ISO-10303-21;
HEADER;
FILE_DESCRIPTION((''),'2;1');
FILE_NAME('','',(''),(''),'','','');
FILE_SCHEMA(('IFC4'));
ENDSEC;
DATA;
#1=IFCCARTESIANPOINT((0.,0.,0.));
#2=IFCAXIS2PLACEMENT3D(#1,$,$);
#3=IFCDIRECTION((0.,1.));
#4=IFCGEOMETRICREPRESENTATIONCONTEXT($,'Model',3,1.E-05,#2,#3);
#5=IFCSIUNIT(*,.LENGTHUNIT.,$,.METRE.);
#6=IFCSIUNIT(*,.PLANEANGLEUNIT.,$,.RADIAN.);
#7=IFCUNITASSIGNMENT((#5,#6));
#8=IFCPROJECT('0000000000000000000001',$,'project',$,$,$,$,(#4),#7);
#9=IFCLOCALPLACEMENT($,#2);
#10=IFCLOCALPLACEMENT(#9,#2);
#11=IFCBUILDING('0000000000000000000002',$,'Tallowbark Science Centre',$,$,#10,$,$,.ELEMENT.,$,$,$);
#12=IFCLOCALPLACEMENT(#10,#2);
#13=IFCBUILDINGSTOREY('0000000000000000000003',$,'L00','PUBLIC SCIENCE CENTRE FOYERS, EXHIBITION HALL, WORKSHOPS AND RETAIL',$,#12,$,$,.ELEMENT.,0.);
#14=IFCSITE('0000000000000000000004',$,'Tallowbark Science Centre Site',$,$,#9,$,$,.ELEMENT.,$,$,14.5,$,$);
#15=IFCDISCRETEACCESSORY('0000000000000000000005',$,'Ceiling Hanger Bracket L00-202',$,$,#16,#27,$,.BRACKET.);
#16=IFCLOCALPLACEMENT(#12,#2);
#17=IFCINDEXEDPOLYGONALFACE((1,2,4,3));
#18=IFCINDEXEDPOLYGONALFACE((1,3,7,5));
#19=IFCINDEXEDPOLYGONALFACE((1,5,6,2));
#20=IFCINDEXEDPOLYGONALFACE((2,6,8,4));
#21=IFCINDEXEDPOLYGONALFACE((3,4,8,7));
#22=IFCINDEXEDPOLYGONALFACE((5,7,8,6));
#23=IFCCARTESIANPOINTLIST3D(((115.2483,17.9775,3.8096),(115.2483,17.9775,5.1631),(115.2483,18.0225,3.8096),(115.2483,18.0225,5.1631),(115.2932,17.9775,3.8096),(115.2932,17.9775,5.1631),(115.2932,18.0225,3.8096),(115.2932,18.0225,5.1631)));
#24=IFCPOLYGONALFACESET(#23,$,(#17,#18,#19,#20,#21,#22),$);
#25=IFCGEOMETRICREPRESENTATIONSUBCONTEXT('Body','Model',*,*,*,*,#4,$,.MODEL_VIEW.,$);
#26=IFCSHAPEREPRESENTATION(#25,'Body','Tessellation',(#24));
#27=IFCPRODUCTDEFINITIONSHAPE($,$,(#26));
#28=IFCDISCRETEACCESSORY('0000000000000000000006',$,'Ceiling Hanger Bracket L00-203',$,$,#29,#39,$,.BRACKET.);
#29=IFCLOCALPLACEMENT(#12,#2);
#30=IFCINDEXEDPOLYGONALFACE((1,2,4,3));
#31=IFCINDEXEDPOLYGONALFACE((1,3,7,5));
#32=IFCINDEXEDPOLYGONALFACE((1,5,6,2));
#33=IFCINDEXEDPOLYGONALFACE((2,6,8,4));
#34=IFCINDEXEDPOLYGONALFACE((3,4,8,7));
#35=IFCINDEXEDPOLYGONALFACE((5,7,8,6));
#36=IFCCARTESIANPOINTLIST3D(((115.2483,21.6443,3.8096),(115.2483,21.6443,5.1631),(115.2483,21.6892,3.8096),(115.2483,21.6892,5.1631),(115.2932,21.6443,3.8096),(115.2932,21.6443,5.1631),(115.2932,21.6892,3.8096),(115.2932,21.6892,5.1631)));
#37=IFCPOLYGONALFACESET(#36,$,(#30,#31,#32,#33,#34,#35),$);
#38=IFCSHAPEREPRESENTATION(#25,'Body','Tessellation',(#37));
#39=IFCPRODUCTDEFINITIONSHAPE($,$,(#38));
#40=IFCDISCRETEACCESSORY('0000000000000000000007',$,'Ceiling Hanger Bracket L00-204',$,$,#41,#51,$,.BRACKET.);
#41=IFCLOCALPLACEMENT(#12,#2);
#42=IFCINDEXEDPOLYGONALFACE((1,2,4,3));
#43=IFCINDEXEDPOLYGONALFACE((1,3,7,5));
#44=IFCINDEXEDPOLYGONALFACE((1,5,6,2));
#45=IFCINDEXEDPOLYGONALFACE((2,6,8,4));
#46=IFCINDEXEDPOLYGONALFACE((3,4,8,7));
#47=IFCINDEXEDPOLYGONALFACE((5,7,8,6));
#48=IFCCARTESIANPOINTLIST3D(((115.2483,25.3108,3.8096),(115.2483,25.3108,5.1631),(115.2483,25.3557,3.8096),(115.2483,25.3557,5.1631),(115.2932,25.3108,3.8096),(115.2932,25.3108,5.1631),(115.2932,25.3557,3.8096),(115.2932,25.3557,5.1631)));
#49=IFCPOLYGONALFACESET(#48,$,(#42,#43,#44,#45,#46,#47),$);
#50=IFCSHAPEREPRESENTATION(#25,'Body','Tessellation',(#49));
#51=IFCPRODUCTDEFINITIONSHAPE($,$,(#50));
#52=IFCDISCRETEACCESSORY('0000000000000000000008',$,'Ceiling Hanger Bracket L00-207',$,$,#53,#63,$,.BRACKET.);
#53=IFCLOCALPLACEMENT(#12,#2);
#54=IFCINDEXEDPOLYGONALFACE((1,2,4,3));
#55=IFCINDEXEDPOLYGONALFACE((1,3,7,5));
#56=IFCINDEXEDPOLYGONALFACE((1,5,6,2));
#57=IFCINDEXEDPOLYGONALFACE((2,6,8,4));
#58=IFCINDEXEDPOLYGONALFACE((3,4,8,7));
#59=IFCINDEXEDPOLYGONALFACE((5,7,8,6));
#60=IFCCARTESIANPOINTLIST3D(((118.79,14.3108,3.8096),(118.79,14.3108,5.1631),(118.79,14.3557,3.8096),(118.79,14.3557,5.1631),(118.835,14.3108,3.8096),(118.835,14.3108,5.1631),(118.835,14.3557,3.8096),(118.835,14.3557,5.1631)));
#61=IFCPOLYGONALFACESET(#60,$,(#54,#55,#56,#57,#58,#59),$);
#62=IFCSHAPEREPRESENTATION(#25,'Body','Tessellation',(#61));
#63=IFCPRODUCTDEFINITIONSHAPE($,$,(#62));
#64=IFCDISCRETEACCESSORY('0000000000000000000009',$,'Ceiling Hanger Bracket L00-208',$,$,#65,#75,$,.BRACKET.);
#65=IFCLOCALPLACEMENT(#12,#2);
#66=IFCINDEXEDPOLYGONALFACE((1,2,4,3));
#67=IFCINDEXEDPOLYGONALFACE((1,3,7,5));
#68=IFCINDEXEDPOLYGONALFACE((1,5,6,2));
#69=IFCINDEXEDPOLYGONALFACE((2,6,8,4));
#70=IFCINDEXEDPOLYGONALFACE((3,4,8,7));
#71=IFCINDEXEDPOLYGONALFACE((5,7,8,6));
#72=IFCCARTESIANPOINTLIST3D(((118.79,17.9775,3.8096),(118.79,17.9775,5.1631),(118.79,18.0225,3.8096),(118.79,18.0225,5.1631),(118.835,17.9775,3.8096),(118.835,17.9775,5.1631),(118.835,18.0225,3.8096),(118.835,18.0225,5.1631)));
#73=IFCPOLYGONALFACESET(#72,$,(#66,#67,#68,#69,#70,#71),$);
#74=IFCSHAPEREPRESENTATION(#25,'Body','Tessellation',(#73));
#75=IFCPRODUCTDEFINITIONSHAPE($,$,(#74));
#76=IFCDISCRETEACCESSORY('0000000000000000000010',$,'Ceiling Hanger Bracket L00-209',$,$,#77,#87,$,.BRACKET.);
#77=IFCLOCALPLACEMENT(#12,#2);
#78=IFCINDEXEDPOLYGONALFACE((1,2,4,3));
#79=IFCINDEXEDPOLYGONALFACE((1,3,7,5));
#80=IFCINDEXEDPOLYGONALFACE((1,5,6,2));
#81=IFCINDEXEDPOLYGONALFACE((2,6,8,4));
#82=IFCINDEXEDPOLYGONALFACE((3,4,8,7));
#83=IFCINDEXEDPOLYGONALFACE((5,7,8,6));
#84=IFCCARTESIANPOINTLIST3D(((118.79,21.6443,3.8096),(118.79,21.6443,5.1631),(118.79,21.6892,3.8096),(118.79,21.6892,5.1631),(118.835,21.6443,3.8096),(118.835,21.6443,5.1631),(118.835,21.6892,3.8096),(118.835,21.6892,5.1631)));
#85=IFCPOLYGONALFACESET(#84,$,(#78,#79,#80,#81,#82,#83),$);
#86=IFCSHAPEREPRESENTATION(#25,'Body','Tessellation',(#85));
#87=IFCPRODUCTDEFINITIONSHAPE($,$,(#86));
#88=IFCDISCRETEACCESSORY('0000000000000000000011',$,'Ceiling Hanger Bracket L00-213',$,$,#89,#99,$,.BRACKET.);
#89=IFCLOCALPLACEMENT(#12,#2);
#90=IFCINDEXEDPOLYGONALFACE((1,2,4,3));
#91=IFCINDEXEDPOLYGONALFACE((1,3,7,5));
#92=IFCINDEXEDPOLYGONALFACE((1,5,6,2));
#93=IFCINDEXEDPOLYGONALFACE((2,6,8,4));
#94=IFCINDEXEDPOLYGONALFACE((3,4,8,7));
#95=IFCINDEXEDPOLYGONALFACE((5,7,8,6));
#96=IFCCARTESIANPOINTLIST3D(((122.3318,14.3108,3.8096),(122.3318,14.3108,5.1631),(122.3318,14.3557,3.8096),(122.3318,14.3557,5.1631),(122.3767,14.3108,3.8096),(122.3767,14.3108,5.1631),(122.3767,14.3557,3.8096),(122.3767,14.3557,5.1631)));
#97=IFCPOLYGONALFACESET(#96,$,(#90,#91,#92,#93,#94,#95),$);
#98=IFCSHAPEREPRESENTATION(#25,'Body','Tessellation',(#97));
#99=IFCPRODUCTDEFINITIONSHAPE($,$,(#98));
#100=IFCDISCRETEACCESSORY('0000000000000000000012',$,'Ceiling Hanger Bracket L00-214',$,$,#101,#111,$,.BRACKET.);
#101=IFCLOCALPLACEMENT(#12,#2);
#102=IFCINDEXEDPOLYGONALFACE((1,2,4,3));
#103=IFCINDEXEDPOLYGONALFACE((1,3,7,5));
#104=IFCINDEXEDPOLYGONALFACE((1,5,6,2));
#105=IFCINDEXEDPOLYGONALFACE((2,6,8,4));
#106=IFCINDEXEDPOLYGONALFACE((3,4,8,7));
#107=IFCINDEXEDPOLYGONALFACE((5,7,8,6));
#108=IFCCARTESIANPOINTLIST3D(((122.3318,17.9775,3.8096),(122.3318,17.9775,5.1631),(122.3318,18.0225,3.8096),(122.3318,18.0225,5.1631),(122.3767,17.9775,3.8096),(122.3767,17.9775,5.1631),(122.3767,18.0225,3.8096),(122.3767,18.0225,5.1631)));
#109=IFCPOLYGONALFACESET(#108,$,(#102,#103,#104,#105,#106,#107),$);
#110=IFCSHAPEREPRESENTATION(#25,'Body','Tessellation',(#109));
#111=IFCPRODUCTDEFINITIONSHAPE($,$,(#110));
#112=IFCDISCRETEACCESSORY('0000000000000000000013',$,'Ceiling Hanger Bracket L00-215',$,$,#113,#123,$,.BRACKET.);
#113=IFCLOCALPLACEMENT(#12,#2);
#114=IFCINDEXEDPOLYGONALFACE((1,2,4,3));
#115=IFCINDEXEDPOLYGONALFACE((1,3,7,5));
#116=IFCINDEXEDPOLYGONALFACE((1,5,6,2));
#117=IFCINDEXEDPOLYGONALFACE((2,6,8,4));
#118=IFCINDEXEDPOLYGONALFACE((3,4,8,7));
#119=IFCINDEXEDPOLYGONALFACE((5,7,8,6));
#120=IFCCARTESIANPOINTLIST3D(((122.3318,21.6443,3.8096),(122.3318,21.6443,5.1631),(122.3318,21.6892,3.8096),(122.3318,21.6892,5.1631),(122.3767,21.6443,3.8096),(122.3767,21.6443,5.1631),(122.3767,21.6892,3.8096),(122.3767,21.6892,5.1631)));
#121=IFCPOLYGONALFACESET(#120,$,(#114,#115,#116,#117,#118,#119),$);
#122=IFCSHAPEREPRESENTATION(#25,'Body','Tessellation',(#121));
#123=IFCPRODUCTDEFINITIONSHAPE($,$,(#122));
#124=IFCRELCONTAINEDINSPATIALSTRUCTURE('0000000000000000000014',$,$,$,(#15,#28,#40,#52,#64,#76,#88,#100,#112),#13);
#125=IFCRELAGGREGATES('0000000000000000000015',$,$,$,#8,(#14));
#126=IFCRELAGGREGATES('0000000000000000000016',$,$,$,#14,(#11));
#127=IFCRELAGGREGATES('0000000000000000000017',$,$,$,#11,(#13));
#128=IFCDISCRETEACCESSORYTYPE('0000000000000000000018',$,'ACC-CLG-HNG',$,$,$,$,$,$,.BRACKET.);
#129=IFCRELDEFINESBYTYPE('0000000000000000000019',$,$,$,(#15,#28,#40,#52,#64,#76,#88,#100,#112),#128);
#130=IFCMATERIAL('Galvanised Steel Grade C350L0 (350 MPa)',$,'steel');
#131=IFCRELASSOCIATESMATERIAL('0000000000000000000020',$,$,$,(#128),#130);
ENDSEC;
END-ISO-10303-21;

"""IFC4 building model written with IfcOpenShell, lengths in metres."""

from ifc_helpers import new_model, si_unit, direction, frame, origin, origin_2d, place, context, subcontext, project, spatial, rectangle, extrude, material, type_object, element, save


model = new_model("IFC4")

# Units and contexts
model_context = context("Model", 3, precision=1e-05, world=origin(), true_north=direction((0.0, 1.0)))
body_context = subcontext(model_context, "Body", "Model", "MODEL_VIEW")
ifc_project = project(units=[si_unit("LENGTHUNIT", "METRE"), si_unit("PLANEANGLEUNIT", "RADIAN")], contexts=[model_context])

# Site, building, storey
site_placement = place(None, origin())
site = spatial("IfcSite", under=ifc_project, at=site_placement, Name="Tallowbark Science Centre Site", CompositionType="ELEMENT", RefElevation=14.5)
building_placement = place(site_placement, origin())
building = spatial("IfcBuilding", under=site, at=building_placement, Name="Tallowbark Science Centre", CompositionType="ELEMENT")
storey_placement = place(building_placement, origin())
storey = spatial("IfcBuildingStorey", under=building, at=storey_placement, Name="L00", Description="PUBLIC SCIENCE CENTRE FOYERS, EXHIBITION HALL, WORKSHOPS AND RETAIL", CompositionType="ELEMENT", Elevation=0.0)

# Discrete accessories
ifc_material_1 = material(Name="Galvanised Steel Grade C350L0 (350 MPa)", Category="steel")
discrete_accessory_type = type_object("IfcDiscreteAccessoryType", Name="ACC-CLG-HNG", PredefinedType="BRACKET", material=ifc_material_1)
for number, where, z_axis, x_axis, name in (
    (1, (115.2708, 18.0, 3.8096), (0.0, 0.0, 1.0), (1.0, 0.0, 0.0), "Ceiling Hanger Bracket L00-202"),
    (2, (115.2708, 21.6667, 3.8096), (0.0, 0.0, 1.0), (1.0, 0.0, 0.0), "Ceiling Hanger Bracket L00-203"),
    (3, (115.2708, 25.3333, 3.8096), (0.0, 0.0, 1.0), (1.0, 0.0, 0.0), "Ceiling Hanger Bracket L00-204"),
    (4, (118.8125, 14.3333, 3.8096), (0.0, 0.0, 1.0), (1.0, 0.0, 0.0), "Ceiling Hanger Bracket L00-207"),
    (5, (118.8125, 18.0, 3.8096), (0.0, 0.0, 1.0), (1.0, 0.0, 0.0), "Ceiling Hanger Bracket L00-208"),
    (6, (118.8125, 21.6667, 3.8096), (0.0, 0.0, 1.0), (1.0, 0.0, 0.0), "Ceiling Hanger Bracket L00-209"),
    (7, (122.3542, 14.3333, 3.8096), (0.0, 0.0, 1.0), (1.0, 0.0, 0.0), "Ceiling Hanger Bracket L00-213"),
    (8, (122.3542, 18.0, 3.8096), (0.0, 0.0, 1.0), (1.0, 0.0, 0.0), "Ceiling Hanger Bracket L00-214"),
    (9, (122.3542, 21.6667, 3.8096), (0.0, 0.0, 1.0), (1.0, 0.0, 0.0), "Ceiling Hanger Bracket L00-215"),
):
    element("IfcDiscreteAccessory", number, at=place(storey_placement, frame(where, z_axis=z_axis, x_axis=x_axis)), inside=storey, type_object=discrete_accessory_type, Name=name, PredefinedType="BRACKET", context=body_context, shape_type="SweptSolid", body=[
        extrude(rectangle(XDim=0.0449, YDim=0.0449, at=origin_2d()), origin(), (0.0, 0.0, 1.0), 1.3535),
    ])

save(model, "model.ifc")
